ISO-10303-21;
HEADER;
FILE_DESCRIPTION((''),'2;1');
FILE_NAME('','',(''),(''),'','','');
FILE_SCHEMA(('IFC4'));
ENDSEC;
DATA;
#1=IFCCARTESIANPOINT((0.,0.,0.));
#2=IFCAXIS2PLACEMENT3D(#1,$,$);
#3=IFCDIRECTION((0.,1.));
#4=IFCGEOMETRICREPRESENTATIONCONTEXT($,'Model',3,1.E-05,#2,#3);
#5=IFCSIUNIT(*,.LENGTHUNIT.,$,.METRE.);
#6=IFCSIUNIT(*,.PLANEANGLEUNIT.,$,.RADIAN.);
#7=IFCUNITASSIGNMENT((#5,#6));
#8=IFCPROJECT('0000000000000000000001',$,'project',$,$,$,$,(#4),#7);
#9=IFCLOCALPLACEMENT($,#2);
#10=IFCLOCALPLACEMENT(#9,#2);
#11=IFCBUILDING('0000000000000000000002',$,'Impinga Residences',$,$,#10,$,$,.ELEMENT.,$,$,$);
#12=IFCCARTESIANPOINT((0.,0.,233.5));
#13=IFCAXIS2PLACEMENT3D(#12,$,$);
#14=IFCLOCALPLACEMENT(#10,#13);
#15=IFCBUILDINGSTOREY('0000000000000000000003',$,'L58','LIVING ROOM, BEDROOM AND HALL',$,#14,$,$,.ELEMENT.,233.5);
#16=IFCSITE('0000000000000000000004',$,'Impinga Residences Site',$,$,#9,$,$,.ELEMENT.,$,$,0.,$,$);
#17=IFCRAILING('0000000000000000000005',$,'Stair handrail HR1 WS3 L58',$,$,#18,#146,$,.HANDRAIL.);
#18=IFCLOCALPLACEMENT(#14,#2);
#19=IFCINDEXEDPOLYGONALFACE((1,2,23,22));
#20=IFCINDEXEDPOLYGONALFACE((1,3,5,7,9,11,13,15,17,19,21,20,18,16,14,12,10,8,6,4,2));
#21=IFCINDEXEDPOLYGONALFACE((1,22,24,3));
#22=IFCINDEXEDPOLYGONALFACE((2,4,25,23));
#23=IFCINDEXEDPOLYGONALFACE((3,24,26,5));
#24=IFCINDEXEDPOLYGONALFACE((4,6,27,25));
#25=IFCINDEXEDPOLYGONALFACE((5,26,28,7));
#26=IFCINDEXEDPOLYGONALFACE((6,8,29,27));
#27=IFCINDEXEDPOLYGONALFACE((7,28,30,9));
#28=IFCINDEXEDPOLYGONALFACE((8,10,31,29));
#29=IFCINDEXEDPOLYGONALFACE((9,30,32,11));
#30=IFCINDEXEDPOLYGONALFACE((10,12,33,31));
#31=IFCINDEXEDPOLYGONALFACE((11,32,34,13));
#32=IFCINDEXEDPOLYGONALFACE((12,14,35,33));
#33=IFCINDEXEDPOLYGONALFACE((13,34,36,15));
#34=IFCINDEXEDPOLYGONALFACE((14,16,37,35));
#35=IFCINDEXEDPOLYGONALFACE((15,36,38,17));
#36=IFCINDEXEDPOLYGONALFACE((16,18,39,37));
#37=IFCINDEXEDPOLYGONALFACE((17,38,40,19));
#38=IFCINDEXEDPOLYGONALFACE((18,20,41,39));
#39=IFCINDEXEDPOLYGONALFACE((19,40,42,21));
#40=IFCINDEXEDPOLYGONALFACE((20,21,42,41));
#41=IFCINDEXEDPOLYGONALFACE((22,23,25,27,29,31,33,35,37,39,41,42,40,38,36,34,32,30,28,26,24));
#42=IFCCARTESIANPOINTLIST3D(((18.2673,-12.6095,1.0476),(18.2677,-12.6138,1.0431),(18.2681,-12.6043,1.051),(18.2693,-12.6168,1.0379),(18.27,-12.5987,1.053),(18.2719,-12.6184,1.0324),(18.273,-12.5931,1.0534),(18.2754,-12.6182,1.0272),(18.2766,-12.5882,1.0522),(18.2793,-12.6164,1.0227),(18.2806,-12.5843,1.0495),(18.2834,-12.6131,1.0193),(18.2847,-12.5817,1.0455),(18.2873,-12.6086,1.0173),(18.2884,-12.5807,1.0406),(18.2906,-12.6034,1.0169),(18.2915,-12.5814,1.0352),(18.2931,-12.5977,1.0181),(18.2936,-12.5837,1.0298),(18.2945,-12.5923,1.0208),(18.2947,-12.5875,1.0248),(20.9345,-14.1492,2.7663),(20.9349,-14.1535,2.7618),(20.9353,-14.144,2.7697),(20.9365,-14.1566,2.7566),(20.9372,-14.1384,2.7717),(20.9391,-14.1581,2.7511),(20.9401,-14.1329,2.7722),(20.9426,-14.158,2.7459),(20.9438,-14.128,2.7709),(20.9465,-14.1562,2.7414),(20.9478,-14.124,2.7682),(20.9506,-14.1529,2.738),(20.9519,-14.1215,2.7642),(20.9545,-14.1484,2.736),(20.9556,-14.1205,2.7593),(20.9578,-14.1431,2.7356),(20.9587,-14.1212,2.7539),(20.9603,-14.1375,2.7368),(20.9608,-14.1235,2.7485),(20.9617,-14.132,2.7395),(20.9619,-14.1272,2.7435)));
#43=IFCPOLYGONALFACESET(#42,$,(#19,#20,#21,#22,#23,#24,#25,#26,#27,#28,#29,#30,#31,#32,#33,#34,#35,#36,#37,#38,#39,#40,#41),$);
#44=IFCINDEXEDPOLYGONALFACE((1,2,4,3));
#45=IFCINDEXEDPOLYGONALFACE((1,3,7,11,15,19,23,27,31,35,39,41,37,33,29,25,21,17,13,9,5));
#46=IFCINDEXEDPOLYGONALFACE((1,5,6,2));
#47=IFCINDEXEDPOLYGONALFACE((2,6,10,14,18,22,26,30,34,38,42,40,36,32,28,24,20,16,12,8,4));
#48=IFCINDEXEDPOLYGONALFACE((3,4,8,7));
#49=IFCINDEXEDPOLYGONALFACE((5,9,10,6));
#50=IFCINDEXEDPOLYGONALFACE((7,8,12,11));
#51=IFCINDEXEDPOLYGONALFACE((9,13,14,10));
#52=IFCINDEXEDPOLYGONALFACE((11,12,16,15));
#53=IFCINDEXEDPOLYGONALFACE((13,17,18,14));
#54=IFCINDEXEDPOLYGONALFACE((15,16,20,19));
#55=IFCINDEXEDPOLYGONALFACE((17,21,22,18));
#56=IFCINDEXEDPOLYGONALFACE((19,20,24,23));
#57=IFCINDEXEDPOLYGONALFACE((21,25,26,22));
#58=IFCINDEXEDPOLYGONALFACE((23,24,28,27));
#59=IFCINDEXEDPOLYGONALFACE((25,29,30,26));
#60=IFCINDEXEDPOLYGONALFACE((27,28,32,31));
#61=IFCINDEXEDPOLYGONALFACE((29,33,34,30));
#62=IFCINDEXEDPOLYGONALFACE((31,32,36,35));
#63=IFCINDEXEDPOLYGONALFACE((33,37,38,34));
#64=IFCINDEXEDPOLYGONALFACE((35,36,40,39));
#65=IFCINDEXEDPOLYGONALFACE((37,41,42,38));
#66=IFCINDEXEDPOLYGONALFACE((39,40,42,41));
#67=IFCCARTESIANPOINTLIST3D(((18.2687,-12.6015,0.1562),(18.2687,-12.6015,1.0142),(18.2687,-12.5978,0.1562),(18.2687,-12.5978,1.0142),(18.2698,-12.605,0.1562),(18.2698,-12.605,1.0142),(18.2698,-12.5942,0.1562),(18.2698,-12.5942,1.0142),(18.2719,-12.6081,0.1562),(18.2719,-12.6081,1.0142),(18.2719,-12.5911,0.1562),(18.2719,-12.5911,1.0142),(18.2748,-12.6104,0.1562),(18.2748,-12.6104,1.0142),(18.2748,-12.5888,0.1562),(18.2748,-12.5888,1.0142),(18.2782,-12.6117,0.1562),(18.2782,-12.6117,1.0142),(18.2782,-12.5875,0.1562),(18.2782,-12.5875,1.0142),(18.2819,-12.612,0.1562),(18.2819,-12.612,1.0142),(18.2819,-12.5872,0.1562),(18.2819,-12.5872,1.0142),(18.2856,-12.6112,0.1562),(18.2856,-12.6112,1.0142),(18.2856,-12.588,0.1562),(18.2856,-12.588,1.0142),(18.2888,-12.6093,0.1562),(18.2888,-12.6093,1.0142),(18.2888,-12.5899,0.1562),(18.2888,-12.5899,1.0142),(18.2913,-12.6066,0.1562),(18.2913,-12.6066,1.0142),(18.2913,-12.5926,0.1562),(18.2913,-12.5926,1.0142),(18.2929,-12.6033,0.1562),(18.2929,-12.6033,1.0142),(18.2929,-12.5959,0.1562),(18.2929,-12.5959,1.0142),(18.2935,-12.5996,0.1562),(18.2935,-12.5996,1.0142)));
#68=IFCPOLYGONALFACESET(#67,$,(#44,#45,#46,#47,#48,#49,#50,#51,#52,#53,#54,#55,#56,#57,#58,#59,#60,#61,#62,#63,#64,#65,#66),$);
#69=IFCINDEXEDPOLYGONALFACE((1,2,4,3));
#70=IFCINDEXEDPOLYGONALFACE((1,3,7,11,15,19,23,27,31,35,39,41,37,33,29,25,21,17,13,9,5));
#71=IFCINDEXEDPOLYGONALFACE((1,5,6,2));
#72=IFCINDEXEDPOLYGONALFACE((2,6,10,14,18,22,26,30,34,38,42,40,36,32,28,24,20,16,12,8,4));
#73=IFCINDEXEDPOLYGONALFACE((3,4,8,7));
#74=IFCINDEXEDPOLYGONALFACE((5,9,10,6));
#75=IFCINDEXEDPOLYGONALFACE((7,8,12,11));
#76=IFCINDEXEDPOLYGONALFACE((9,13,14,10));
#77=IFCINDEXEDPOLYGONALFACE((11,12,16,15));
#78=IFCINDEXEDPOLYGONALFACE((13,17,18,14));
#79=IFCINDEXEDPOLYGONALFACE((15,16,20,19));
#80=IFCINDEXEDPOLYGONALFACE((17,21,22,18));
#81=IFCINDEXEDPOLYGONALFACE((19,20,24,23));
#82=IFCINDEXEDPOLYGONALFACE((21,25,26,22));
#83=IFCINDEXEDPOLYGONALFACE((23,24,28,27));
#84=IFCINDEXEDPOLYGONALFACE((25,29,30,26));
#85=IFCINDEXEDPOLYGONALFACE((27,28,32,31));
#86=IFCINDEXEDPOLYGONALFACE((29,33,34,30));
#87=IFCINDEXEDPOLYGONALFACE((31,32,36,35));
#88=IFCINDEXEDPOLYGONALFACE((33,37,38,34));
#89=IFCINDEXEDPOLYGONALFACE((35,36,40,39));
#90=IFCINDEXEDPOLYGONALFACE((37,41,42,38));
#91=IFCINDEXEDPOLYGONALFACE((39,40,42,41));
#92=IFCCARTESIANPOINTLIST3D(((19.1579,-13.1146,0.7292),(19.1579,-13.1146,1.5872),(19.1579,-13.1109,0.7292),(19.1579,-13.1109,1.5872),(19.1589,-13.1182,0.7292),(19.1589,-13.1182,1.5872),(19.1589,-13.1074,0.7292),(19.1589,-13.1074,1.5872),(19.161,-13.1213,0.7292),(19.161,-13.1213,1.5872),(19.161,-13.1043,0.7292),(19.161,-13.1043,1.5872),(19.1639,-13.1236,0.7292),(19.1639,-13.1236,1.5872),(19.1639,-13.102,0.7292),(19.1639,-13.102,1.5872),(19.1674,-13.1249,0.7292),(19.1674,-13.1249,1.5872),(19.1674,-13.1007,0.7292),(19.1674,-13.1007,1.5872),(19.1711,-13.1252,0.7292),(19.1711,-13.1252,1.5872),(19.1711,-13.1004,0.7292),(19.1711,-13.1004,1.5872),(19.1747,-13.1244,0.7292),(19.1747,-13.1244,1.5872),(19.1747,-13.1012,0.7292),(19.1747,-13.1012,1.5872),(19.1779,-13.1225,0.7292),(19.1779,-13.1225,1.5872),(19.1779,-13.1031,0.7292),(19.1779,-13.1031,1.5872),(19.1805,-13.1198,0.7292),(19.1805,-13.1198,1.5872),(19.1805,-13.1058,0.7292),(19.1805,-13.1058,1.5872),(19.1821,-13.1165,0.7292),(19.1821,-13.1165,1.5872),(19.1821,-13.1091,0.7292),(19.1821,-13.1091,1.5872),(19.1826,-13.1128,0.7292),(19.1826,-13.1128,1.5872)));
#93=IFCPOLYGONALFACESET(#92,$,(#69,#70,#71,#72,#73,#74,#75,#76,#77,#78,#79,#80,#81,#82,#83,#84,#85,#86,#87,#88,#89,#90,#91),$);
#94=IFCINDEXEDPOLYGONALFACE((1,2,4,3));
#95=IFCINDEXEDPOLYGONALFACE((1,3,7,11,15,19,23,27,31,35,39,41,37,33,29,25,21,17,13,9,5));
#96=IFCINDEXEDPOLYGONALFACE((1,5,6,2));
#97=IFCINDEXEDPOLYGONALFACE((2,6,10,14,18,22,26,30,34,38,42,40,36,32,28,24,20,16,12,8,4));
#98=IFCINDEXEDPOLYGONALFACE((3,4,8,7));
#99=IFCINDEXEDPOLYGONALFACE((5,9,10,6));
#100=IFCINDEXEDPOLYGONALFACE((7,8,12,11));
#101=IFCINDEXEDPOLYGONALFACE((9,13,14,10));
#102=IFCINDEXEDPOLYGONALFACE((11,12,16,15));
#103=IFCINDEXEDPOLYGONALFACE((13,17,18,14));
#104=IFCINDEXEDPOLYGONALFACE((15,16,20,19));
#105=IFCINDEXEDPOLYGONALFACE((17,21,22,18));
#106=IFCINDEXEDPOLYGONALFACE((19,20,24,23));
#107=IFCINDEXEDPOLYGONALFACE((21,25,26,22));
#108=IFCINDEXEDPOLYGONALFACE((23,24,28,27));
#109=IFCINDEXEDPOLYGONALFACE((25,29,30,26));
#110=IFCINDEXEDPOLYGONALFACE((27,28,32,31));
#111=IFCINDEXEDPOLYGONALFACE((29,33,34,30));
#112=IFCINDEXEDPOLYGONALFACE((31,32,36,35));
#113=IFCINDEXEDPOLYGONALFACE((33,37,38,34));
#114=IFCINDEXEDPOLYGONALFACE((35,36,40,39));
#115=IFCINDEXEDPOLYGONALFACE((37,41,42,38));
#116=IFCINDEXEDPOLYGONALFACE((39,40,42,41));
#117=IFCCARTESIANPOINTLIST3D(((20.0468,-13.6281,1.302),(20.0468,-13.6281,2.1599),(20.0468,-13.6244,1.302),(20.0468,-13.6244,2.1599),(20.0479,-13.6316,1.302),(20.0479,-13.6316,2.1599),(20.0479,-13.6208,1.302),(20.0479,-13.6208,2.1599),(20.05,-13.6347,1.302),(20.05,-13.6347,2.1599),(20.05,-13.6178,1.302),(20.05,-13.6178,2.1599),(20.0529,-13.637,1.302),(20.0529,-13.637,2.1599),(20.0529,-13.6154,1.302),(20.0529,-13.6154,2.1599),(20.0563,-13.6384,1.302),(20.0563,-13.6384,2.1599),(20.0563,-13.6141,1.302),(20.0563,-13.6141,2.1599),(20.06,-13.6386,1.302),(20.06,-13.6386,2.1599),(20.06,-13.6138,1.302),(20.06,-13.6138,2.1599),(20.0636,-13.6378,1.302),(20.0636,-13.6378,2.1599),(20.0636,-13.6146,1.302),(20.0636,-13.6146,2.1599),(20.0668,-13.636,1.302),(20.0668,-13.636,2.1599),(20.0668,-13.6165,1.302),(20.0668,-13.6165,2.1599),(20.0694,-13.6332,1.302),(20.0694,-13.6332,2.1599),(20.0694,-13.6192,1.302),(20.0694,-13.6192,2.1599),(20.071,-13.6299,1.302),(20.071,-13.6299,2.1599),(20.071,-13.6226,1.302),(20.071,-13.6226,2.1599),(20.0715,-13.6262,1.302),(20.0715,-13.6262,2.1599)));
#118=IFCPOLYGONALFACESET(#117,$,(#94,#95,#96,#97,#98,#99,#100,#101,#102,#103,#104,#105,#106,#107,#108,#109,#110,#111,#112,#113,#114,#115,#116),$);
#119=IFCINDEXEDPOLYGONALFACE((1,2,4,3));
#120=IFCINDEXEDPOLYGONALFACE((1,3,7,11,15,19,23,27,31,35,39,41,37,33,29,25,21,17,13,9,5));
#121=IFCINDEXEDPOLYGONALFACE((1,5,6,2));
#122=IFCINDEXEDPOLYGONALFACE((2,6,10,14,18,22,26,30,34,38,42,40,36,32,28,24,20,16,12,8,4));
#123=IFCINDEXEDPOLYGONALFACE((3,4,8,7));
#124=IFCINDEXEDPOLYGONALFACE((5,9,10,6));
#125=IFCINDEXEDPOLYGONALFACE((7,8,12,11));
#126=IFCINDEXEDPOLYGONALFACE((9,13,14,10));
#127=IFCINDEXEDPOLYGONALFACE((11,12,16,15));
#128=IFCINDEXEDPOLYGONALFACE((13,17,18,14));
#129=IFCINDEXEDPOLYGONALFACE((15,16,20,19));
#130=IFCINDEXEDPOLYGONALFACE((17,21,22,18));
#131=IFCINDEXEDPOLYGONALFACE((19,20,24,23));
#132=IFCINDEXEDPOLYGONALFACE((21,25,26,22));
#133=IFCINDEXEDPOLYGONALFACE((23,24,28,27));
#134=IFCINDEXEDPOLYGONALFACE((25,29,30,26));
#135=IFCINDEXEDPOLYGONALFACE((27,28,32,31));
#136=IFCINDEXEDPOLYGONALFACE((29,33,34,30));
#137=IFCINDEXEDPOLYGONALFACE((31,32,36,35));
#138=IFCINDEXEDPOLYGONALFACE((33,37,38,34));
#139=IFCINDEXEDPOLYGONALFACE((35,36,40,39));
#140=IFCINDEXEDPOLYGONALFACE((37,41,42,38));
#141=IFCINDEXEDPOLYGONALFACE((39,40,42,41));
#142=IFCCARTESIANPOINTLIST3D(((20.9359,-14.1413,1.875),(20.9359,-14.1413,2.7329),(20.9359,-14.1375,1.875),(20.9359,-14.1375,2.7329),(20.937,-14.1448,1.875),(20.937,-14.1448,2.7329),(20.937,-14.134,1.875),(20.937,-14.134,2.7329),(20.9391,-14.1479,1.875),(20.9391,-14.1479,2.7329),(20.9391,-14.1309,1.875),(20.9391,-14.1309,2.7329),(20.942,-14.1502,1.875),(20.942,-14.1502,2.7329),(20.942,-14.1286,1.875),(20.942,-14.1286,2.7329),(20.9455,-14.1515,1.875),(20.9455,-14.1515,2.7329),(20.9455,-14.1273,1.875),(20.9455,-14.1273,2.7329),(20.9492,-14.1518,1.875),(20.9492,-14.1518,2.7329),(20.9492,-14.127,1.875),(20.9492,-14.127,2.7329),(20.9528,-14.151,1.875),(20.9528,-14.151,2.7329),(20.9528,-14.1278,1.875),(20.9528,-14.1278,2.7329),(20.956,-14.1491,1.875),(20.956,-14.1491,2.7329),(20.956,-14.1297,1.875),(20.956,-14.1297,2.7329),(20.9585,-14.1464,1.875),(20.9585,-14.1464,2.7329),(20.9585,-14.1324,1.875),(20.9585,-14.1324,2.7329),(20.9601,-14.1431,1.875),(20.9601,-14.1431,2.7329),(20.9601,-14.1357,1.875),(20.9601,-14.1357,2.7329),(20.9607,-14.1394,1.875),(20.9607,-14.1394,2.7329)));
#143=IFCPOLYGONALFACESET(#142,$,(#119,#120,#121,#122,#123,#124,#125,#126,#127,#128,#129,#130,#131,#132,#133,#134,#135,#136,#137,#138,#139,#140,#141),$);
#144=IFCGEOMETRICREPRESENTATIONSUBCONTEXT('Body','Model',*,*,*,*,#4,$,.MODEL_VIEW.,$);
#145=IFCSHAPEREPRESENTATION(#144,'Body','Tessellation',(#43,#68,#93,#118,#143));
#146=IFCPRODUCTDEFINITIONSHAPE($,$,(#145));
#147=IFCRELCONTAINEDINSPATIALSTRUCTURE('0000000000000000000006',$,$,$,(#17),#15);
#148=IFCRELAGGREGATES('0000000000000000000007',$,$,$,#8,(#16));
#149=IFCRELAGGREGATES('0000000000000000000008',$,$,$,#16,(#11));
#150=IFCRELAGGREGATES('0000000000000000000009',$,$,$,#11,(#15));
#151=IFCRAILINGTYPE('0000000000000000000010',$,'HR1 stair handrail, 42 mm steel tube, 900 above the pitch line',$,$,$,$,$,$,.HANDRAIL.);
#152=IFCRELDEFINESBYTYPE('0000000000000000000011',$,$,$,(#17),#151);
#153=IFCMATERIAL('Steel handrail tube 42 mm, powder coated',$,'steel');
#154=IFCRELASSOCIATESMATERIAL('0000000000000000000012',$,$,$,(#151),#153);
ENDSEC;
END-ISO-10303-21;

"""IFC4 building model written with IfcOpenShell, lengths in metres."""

from ifc_helpers import new_model, si_unit, direction, frame, origin, origin_2d, place, context, subcontext, project, spatial, circle, extrude, material, type_object, element, save


model = new_model("IFC4")

# Units and contexts
model_context = context("Model", 3, precision=1e-05, world=origin(), true_north=direction((0.0, 1.0)))
body_context = subcontext(model_context, "Body", "Model", "MODEL_VIEW")
ifc_project = project(units=[si_unit("LENGTHUNIT", "METRE"), si_unit("PLANEANGLEUNIT", "RADIAN")], contexts=[model_context])

# Site, building, storey
site_placement = place(None, origin())
site = spatial("IfcSite", under=ifc_project, at=site_placement, Name="Impinga Residences Site", CompositionType="ELEMENT", RefElevation=0.0)
building_placement = place(site_placement, origin())
building = spatial("IfcBuilding", under=site, at=building_placement, Name="Impinga Residences", CompositionType="ELEMENT")
storey_placement = place(building_placement, frame((0.0, 0.0, 233.5)))
storey = spatial("IfcBuildingStorey", under=building, at=storey_placement, Name="L58", Description="LIVING ROOM, BEDROOM AND HALL", CompositionType="ELEMENT", Elevation=233.5)

# Railing
ifc_material_1 = material(Name="Steel handrail tube 42 mm, powder coated", Category="steel")
railing_type_1 = type_object("IfcRailingType", Name="HR1 stair handrail, 42 mm steel tube, 900 above the pitch line", PredefinedType="HANDRAIL", material=ifc_material_1)
railing_1_placement = place(storey_placement, frame((18.281, -12.5996, 0.1562)))
element("IfcRailing", 1, at=railing_1_placement, inside=storey, type_object=railing_type_1, Name="Stair handrail HR1 WS3 L58", PredefinedType="HANDRAIL", context=body_context, shape_type="SweptSolid", body=[
    extrude(circle(Radius=0.021, at=origin_2d()), frame((0.0, 0.0, 0.8789), z_axis=(0.756249, -0.436582, 0.487322), x_axis=(0.499967, 0.866044, 0.0)), (0.0, 0.0, 1.0), 3.5269),
    extrude(circle(Radius=0.0125, at=origin_2d()), origin(), (0.0, 0.0, 1.0), 0.8579),
    extrude(circle(Radius=0.0125, at=origin_2d()), frame((0.8892, -0.5132, 0.573)), (0.0, 0.0, 1.0), 0.8579),
    extrude(circle(Radius=0.0125, at=origin_2d()), frame((1.7781, -1.0266, 1.1458)), (0.0, 0.0, 1.0), 0.8579),
    extrude(circle(Radius=0.0125, at=origin_2d()), frame((2.6672, -1.5398, 1.7188)), (0.0, 0.0, 1.0), 0.8579),
])

save(model, "model.ifc")
